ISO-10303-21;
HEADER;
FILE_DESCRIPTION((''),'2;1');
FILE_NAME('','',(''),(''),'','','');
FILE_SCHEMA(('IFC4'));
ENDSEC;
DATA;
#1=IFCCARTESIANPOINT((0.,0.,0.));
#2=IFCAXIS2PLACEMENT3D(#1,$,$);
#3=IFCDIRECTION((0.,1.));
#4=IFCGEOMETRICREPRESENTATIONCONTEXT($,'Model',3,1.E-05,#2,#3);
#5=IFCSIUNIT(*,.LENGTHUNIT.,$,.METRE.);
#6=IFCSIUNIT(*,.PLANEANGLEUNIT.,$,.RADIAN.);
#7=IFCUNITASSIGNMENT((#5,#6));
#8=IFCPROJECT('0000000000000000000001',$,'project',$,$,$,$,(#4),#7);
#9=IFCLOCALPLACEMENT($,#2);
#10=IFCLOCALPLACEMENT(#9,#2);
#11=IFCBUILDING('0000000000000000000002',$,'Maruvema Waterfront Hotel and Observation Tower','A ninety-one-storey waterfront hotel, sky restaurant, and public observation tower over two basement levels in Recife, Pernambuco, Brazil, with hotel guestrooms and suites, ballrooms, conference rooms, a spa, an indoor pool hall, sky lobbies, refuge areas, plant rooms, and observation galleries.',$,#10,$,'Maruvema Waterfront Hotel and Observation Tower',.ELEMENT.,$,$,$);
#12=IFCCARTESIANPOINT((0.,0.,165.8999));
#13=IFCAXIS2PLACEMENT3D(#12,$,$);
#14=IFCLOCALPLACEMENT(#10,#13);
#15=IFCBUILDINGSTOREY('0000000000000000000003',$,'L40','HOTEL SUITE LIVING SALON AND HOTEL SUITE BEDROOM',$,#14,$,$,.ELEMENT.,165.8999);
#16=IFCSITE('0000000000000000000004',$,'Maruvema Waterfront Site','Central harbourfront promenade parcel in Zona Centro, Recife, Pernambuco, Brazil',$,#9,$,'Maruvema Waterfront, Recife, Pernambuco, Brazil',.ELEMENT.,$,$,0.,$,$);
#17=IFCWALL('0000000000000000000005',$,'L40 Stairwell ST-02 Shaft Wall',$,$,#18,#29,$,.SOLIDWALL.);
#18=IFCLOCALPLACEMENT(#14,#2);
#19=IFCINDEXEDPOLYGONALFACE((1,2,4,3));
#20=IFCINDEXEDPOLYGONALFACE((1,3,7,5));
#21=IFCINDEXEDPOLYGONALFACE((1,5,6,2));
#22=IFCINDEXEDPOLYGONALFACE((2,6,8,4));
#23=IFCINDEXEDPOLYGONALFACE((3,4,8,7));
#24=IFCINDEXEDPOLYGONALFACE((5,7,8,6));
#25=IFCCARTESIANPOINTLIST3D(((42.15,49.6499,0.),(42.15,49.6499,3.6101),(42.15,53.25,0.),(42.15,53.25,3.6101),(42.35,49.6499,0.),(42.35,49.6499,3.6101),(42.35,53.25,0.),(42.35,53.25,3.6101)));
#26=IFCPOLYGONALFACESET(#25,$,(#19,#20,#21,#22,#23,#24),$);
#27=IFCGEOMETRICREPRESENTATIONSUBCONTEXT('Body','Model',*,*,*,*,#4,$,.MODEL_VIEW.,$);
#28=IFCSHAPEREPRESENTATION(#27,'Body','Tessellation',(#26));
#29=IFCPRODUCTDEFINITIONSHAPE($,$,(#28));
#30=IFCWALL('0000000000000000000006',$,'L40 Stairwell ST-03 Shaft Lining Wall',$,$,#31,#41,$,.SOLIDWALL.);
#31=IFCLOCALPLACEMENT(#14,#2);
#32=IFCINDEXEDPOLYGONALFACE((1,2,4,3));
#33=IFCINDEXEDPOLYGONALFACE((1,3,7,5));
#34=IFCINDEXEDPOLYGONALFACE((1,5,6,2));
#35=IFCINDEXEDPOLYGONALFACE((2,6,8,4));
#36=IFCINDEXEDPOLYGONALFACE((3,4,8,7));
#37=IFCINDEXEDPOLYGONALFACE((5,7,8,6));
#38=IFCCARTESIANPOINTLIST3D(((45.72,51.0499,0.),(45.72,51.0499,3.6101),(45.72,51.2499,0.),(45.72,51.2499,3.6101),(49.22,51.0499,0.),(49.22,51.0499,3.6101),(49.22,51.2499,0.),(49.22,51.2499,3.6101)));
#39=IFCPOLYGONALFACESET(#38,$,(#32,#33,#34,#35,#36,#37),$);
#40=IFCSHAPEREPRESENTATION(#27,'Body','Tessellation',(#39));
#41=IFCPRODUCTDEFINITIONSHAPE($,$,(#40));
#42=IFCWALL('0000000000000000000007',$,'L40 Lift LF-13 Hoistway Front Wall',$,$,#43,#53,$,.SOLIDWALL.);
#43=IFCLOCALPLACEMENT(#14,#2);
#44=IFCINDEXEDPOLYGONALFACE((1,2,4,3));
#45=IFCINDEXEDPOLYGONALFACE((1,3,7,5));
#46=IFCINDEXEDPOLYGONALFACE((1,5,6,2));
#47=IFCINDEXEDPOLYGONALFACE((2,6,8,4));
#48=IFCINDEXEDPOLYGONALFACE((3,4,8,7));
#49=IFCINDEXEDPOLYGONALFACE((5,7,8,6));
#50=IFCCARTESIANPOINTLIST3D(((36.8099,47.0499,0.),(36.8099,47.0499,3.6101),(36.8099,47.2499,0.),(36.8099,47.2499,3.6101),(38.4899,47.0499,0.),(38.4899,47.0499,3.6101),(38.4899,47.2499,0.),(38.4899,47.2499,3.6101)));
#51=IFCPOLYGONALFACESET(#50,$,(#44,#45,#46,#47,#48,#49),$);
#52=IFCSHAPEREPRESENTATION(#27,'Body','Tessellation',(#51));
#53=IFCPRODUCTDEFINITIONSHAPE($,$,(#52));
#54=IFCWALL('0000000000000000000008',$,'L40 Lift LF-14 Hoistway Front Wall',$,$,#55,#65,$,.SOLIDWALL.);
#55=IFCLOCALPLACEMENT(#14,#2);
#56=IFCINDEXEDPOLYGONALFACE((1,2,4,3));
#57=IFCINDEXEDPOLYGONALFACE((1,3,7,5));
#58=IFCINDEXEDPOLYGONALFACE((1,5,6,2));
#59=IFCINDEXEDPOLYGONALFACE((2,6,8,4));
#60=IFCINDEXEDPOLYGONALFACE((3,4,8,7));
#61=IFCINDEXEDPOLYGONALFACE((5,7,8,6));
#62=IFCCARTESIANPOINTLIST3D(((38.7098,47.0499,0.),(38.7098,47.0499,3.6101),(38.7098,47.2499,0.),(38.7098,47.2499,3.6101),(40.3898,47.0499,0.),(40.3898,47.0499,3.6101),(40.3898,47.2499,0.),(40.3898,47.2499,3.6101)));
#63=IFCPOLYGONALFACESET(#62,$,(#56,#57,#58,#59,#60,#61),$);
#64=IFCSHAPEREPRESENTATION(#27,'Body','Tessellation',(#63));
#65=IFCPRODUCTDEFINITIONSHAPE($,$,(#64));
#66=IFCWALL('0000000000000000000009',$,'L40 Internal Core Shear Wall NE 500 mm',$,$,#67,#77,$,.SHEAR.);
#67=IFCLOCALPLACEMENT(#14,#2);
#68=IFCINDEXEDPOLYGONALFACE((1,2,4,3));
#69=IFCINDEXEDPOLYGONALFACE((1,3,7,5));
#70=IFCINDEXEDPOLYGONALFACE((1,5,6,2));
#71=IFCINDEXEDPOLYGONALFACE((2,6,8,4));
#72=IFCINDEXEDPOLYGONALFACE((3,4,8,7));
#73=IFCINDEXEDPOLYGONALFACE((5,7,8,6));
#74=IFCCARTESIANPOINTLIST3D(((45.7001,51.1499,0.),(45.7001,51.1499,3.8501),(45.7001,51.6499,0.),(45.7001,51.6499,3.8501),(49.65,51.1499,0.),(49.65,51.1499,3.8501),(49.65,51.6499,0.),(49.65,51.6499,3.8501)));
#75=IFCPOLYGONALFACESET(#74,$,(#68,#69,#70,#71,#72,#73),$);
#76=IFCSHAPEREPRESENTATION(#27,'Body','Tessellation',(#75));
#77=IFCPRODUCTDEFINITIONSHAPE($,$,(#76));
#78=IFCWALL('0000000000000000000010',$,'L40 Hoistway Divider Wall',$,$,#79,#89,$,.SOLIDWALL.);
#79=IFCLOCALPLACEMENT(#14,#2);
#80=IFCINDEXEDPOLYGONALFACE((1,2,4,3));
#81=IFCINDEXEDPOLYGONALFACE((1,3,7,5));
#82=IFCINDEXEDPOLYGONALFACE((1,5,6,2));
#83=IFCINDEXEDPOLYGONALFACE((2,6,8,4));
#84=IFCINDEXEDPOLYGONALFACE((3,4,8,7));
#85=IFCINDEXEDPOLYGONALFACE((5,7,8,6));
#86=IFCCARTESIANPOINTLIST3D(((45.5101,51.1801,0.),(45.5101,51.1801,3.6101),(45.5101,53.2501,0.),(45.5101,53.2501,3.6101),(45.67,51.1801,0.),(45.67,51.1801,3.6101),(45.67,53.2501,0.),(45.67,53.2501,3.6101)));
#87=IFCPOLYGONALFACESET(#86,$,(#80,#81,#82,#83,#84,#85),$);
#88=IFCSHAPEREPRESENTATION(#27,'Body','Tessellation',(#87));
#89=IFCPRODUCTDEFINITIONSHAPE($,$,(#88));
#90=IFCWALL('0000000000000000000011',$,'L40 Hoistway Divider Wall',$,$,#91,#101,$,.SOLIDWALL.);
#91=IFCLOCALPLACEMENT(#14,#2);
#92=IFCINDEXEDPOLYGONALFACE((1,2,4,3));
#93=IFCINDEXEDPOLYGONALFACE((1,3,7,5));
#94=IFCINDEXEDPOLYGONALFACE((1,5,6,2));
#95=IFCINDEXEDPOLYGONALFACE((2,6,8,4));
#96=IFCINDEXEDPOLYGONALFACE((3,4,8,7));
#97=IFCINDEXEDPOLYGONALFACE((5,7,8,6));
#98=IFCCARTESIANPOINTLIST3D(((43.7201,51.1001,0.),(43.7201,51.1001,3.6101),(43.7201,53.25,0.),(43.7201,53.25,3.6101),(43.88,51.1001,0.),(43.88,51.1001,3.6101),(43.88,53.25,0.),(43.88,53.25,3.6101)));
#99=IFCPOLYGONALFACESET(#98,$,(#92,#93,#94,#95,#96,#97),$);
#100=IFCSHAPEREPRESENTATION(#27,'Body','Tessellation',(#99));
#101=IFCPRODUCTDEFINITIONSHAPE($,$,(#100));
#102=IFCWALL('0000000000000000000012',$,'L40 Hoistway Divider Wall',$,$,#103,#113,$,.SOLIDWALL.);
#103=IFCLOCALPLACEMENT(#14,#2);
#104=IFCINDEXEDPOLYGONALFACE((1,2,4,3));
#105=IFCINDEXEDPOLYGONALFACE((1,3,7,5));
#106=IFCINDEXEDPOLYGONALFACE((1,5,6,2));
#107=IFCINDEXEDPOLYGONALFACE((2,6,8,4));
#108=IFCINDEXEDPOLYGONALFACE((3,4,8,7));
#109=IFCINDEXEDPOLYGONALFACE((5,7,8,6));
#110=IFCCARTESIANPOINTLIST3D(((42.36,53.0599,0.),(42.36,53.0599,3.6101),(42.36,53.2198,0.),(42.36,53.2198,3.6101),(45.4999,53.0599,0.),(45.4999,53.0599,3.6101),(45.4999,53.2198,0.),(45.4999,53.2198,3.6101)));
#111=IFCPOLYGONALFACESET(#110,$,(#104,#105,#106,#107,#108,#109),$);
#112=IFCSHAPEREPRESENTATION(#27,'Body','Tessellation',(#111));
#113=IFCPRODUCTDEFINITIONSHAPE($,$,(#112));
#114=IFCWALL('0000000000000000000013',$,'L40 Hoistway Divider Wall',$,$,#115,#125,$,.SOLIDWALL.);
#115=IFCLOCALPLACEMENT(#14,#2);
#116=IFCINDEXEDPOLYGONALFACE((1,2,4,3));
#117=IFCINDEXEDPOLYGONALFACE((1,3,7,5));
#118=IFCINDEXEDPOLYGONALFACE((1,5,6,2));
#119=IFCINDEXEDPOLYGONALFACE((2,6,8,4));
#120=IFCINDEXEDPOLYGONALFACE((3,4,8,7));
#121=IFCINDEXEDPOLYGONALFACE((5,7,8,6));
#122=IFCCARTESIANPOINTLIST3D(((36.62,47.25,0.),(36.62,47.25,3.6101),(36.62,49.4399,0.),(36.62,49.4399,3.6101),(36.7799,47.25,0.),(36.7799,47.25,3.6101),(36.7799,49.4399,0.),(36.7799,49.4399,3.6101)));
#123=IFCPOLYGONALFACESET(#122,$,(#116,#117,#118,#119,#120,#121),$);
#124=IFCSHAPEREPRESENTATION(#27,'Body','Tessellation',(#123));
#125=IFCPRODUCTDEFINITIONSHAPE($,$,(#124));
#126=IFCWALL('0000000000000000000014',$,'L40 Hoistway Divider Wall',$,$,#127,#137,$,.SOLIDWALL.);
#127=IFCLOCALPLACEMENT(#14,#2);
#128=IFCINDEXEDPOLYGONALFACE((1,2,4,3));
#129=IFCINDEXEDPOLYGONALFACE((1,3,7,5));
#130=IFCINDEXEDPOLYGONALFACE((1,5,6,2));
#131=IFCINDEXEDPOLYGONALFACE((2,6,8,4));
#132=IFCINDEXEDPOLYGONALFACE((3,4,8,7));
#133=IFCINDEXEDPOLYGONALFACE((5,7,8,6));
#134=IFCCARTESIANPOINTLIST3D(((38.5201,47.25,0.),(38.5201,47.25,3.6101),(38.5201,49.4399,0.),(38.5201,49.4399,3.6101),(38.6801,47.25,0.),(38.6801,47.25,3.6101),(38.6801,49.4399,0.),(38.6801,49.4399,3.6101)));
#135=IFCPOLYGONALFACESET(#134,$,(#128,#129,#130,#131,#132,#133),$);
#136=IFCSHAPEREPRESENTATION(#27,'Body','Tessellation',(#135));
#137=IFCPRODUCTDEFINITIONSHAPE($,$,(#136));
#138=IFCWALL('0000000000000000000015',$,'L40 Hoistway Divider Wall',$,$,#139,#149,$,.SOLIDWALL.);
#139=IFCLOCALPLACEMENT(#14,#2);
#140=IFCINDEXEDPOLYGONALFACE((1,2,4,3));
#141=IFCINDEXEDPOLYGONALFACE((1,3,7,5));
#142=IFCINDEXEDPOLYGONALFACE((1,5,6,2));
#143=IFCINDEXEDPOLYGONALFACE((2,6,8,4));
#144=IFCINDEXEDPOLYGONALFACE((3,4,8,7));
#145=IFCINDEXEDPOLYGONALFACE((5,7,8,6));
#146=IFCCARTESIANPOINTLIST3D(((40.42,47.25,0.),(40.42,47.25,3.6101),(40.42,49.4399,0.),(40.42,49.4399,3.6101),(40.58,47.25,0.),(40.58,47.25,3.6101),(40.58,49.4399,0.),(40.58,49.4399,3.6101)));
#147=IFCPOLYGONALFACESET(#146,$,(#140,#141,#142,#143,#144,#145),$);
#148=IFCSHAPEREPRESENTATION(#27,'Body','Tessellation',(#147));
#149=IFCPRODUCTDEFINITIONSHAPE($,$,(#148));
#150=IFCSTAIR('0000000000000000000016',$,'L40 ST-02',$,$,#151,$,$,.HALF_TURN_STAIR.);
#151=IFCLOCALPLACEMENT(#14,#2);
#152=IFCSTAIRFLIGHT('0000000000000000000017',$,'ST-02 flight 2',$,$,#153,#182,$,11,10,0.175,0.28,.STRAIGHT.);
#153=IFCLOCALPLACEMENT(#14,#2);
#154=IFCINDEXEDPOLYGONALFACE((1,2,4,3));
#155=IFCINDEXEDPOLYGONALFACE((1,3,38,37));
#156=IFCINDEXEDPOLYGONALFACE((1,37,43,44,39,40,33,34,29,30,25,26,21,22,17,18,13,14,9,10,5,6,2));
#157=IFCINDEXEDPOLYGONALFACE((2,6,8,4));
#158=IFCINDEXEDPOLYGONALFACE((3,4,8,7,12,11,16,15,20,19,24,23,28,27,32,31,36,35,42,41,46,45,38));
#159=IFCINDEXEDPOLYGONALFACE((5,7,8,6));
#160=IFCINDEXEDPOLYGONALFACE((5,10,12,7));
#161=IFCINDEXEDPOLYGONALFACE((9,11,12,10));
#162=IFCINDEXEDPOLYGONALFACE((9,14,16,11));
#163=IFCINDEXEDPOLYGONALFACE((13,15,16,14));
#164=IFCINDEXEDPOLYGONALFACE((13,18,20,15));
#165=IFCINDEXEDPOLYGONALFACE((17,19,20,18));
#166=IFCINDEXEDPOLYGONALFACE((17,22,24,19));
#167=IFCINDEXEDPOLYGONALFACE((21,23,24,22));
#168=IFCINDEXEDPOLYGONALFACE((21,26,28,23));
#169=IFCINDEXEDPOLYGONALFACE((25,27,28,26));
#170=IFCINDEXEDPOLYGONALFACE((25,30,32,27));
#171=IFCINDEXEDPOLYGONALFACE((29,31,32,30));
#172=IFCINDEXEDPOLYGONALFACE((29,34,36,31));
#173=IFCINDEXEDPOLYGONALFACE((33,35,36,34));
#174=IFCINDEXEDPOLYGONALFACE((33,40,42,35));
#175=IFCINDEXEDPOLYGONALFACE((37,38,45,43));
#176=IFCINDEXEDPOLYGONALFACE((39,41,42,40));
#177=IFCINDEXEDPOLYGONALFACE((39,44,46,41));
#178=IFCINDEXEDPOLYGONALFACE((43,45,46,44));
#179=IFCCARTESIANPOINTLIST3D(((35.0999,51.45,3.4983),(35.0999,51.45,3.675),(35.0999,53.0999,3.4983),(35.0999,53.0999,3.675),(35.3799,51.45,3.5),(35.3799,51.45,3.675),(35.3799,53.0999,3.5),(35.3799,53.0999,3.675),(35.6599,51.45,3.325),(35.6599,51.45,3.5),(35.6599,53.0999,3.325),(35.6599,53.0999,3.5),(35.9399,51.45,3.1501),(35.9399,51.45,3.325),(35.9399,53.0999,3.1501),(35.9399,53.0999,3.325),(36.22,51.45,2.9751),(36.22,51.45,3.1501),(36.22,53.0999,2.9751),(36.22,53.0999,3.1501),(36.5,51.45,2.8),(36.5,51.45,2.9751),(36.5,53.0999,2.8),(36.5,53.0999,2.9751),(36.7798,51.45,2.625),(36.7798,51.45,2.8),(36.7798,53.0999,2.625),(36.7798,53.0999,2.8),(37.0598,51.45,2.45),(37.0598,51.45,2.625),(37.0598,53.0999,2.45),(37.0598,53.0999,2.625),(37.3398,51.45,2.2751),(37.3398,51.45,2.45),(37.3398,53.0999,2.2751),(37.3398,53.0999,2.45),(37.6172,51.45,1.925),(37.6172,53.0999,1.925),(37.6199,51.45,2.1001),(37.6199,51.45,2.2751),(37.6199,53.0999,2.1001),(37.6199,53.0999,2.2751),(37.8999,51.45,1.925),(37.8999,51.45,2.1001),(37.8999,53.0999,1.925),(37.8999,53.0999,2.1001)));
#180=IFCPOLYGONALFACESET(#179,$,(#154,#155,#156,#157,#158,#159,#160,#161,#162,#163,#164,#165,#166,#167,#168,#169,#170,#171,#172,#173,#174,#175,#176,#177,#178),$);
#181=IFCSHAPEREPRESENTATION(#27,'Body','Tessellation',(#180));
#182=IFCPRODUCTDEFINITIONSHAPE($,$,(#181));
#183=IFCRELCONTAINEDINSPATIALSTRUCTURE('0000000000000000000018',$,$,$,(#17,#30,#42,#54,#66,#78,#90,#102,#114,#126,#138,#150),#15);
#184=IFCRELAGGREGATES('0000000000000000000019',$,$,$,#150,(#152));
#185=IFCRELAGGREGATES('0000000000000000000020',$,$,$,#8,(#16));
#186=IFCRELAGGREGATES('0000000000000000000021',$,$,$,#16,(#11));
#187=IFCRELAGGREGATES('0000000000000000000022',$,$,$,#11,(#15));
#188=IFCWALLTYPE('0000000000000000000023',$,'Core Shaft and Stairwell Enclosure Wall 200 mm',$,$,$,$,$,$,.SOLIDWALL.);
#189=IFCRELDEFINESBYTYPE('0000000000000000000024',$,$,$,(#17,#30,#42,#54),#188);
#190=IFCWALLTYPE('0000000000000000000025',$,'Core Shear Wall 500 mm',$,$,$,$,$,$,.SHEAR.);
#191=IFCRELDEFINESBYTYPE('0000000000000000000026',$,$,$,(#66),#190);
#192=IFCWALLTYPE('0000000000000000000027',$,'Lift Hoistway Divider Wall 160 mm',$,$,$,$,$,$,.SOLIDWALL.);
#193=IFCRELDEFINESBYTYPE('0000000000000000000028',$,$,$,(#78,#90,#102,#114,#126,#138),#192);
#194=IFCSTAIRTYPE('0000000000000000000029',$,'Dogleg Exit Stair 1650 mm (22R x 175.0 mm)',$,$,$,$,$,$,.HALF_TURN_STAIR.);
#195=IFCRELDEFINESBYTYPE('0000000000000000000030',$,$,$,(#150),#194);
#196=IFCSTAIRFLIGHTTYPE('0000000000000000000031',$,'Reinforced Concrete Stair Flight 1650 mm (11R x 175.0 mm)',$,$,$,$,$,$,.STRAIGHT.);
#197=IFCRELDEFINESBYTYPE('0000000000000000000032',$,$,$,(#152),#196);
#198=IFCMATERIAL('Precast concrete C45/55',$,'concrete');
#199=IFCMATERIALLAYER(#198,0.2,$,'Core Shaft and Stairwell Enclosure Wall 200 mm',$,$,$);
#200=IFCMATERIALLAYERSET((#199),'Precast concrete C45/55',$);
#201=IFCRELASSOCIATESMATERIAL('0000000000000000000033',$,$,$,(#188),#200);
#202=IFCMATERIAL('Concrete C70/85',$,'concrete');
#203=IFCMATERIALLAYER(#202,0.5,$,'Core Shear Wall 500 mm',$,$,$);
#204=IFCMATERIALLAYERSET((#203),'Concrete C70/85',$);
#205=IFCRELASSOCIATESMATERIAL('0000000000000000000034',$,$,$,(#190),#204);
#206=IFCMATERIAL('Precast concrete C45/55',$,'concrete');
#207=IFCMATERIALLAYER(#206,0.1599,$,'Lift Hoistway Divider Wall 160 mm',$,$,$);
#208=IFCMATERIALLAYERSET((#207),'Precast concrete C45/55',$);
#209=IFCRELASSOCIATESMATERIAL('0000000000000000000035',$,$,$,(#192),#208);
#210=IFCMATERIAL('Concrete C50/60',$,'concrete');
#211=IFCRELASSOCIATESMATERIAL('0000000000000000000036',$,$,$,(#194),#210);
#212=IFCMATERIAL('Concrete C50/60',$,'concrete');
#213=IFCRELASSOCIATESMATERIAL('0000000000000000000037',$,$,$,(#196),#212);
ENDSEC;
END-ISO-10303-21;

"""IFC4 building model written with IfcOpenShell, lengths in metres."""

from ifc_helpers import new_model, si_unit, direction, frame, frame_2d, origin, place, context, subcontext, project, spatial, polyline, rectangle, outline, extrude, material, layer, layer_set, type_object, element, aggregate, save


model = new_model("IFC4")

# Units and contexts
model_context = context("Model", 3, precision=1e-05, world=origin(), true_north=direction((0.0, 1.0)))
body_context = subcontext(model_context, "Body", "Model", "MODEL_VIEW")
ifc_project = project(units=[si_unit("LENGTHUNIT", "METRE"), si_unit("PLANEANGLEUNIT", "RADIAN")], contexts=[model_context])

# Site, building, storey
site_placement = place(None, origin())
site = spatial("IfcSite", under=ifc_project, at=site_placement, Name="Maruvema Waterfront Site", Description="Central harbourfront promenade parcel in Zona Centro, Recife, Pernambuco, Brazil", LongName="Maruvema Waterfront, Recife, Pernambuco, Brazil", CompositionType="ELEMENT", RefElevation=0.0)
building_placement = place(site_placement, origin())
building = spatial("IfcBuilding", under=site, at=building_placement, Name="Maruvema Waterfront Hotel and Observation Tower", Description="A ninety-one-storey waterfront hotel, sky restaurant, and public observation tower over two basement levels in Recife, Pernambuco, Brazil, with hotel guestrooms and suites, ballrooms, conference rooms, a spa, an indoor pool hall, sky lobbies, refuge areas, plant rooms, and observation galleries.", LongName="Maruvema Waterfront Hotel and Observation Tower", CompositionType="ELEMENT")
storey_placement = place(building_placement, frame((0.0, 0.0, 165.8999)))
storey = spatial("IfcBuildingStorey", under=building, at=storey_placement, Name="L40", Description="HOTEL SUITE LIVING SALON AND HOTEL SUITE BEDROOM", CompositionType="ELEMENT", Elevation=165.8999)

# Walls
ifc_material_1 = material(Name="Precast concrete C45/55", Category="concrete")
ifc_layer_1 = layer(ifc_material_1, 0.2, Name="Core Shaft and Stairwell Enclosure Wall 200 mm")
ifc_layer_set_1 = layer_set([ifc_layer_1], Name="Precast concrete C45/55")
wall_type_1 = type_object("IfcWallType", Name="Core Shaft and Stairwell Enclosure Wall 200 mm", PredefinedType="SOLIDWALL", material=ifc_layer_set_1)
wall_1_placement = place(storey_placement, frame((42.25, 49.6499, 0.0), z_axis=(0.0, 0.0, 1.0), x_axis=(0.0, 1.0, 0.0)))
element("IfcWall", 1, at=wall_1_placement, inside=storey, type_object=wall_type_1, Name="L40 Stairwell ST-02 Shaft Wall", PredefinedType="SOLIDWALL", context=body_context, shape_type="SweptSolid", body=[
    extrude(rectangle(XDim=3.6001, YDim=0.2, at=frame_2d((1.8, 0.0))), origin(), (0.0, 0.0, 1.0), 3.6101),
])
wall_2_placement = place(storey_placement, frame((45.72, 51.1499, 0.0), z_axis=(0.0, 0.0, 1.0), x_axis=(1.0, 0.0, 0.0)))
element("IfcWall", 2, at=wall_2_placement, inside=storey, type_object=wall_type_1, Name="L40 Stairwell ST-03 Shaft Lining Wall", PredefinedType="SOLIDWALL", context=body_context, shape_type="SweptSolid", body=[
    extrude(rectangle(XDim=3.5, YDim=0.2, at=frame_2d((1.75, 0.0))), origin(), (0.0, 0.0, 1.0), 3.6101),
])

# Walls
for number, where, z_axis, x_axis, name in (
    (3, (36.8101, 47.1499, 0.0), (0.0, 0.0, 1.0), (1.0, 0.0, 0.0), "L40 Lift LF-13 Hoistway Front Wall"),
    (4, (38.71, 47.1499, 0.0), (0.0, 0.0, 1.0), (1.0, 0.0, 0.0), "L40 Lift LF-14 Hoistway Front Wall"),
):
    element("IfcWall", number, at=place(storey_placement, frame(where, z_axis=z_axis, x_axis=x_axis)), inside=storey, type_object=wall_type_1, Name=name, PredefinedType="SOLIDWALL", context=body_context, shape_type="SweptSolid", body=[
        extrude(rectangle(XDim=1.6799, YDim=0.2, at=frame_2d((0.8398, 0.0))), origin(), (0.0, 0.0, 1.0), 3.6101),
    ])
ifc_material_2 = material(Name="Concrete C70/85", Category="concrete")
ifc_layer_2 = layer(ifc_material_2, 0.5, Name="Core Shear Wall 500 mm")
ifc_layer_set_2 = layer_set([ifc_layer_2], Name="Concrete C70/85")
wall_type_2 = type_object("IfcWallType", Name="Core Shear Wall 500 mm", PredefinedType="SHEAR", material=ifc_layer_set_2)
wall_3_placement = place(storey_placement, frame((45.7, 51.3999, 0.0), z_axis=(0.0, 0.0, 1.0), x_axis=(1.0, 0.0, 0.0)))
element("IfcWall", 5, at=wall_3_placement, inside=storey, type_object=wall_type_2, Name="L40 Internal Core Shear Wall NE 500 mm", PredefinedType="SHEAR", context=body_context, shape_type="SweptSolid", body=[
    extrude(rectangle(XDim=3.95, YDim=0.5, at=frame_2d((1.9751, 0.0))), origin(), (0.0, 0.0, 1.0), 3.8501),
])
ifc_material_3 = material(Name="Precast concrete C45/55", Category="concrete")
ifc_layer_3 = layer(ifc_material_3, 0.1599, Name="Lift Hoistway Divider Wall 160 mm")
ifc_layer_set_3 = layer_set([ifc_layer_3], Name="Precast concrete C45/55")
wall_type_3 = type_object("IfcWallType", Name="Lift Hoistway Divider Wall 160 mm", PredefinedType="SOLIDWALL", material=ifc_layer_set_3)
wall_4_placement = place(storey_placement, frame((45.5901, 51.1799, 0.0), z_axis=(0.0, 0.0, 1.0), x_axis=(0.0, 1.0, 0.0)))
element("IfcWall", 6, at=wall_4_placement, inside=storey, type_object=wall_type_3, Name="L40 Hoistway Divider Wall", PredefinedType="SOLIDWALL", context=body_context, shape_type="SweptSolid", body=[
    extrude(rectangle(XDim=2.0701, YDim=0.1599, at=frame_2d((1.0352, 0.0))), origin(), (0.0, 0.0, 1.0), 3.6101),
])
wall_5_placement = place(storey_placement, frame((43.8, 51.1001, 0.0), z_axis=(0.0, 0.0, 1.0), x_axis=(0.0, 1.0, 0.0)))
element("IfcWall", 7, at=wall_5_placement, inside=storey, type_object=wall_type_3, Name="L40 Hoistway Divider Wall", PredefinedType="SOLIDWALL", context=body_context, shape_type="SweptSolid", body=[
    extrude(rectangle(XDim=2.1499, YDim=0.1599, at=frame_2d((1.075, 0.0))), origin(), (0.0, 0.0, 1.0), 3.6101),
])
wall_6_placement = place(storey_placement, frame((42.3601, 53.1399, 0.0), z_axis=(0.0, 0.0, 1.0), x_axis=(1.0, 0.0, 0.0)))
element("IfcWall", 8, at=wall_6_placement, inside=storey, type_object=wall_type_3, Name="L40 Hoistway Divider Wall", PredefinedType="SOLIDWALL", context=body_context, shape_type="SweptSolid", body=[
    extrude(rectangle(XDim=3.1399, YDim=0.1599, at=frame_2d((1.5698, 0.0))), origin(), (0.0, 0.0, 1.0), 3.6101),
])
for number, where, z_axis, x_axis, name in (
    (9, (36.7, 47.25, 0.0), (0.0, 0.0, 1.0), (0.0, 1.0, 0.0), "L40 Hoistway Divider Wall"),
    (10, (38.6001, 47.25, 0.0), (0.0, 0.0, 1.0), (0.0, 1.0, 0.0), "L40 Hoistway Divider Wall"),
    (11, (40.5, 47.25, 0.0), (0.0, 0.0, 1.0), (0.0, 1.0, 0.0), "L40 Hoistway Divider Wall"),
):
    element("IfcWall", number, at=place(storey_placement, frame(where, z_axis=z_axis, x_axis=x_axis)), inside=storey, type_object=wall_type_3, Name=name, PredefinedType="SOLIDWALL", context=body_context, shape_type="SweptSolid", body=[
        extrude(rectangle(XDim=2.1899, YDim=0.1599, at=frame_2d((1.095, 0.0))), origin(), (0.0, 0.0, 1.0), 3.6101),
    ])

# Stair, stair flight
ifc_material_4 = material(Name="Concrete C50/60", Category="concrete")
stair_type = type_object("IfcStairType", Name="Dogleg Exit Stair 1650 mm (22R x 175.0 mm)", PredefinedType="HALF_TURN_STAIR", material=ifc_material_4)
stair_1_placement = place(storey_placement, origin())
stair_1 = element("IfcStair", 12, at=stair_1_placement, inside=storey, type_object=stair_type, Name="L40 ST-02", PredefinedType="HALF_TURN_STAIR")
ifc_material_5 = material(Name="Concrete C50/60", Category="concrete")
stair_flight_type = type_object("IfcStairFlightType", Name="Reinforced Concrete Stair Flight 1650 mm (11R x 175.0 mm)", PredefinedType="STRAIGHT", material=ifc_material_5)
stair_flight_1_placement = place(storey_placement, frame((37.8999, 52.2749, 1.925), z_axis=(0.0, 0.0, 1.0), x_axis=(-1.0, 0.0, 0.0)))
stair_flight_1 = element("IfcStairFlight", 13, at=stair_flight_1_placement, type_object=stair_flight_type, Name="ST-02 flight 2", NumberOfRisers=11, NumberOfTreads=10, PredefinedType="STRAIGHT", RiserHeight=0.175, TreadLength=0.28, context=body_context, shape_type="SweptSolid", body=[
    extrude(outline(polyline([(0.0, 0.0), (0.0, 0.175), (0.28, 0.175), (0.28, 0.3501), (0.5601, 0.3501), (0.5601, 0.5249), (0.8401, 0.5249), (0.8401, 0.7), (1.1201, 0.7), (1.1201, 0.875), (1.3999, 0.875), (1.3999, 1.05), (1.6799, 1.05), (1.6799, 1.2251), (1.96, 1.2251), (1.96, 1.3999), (2.24, 1.3999), (2.24, 1.575), (2.52, 1.575), (2.52, 1.75), (2.8, 1.75), (2.8, 1.925), (2.8, 1.5732), (0.2827, 0.0), (0.0, 0.0)])), frame((0.0, 0.825, 0.0), z_axis=(0.0, -1.0, 0.0), x_axis=(1.0, 0.0, 0.0)), (0.0, 0.0, 1.0), 1.6499),
])
aggregate(stair_1, [stair_flight_1])

save(model, "model.ifc")
